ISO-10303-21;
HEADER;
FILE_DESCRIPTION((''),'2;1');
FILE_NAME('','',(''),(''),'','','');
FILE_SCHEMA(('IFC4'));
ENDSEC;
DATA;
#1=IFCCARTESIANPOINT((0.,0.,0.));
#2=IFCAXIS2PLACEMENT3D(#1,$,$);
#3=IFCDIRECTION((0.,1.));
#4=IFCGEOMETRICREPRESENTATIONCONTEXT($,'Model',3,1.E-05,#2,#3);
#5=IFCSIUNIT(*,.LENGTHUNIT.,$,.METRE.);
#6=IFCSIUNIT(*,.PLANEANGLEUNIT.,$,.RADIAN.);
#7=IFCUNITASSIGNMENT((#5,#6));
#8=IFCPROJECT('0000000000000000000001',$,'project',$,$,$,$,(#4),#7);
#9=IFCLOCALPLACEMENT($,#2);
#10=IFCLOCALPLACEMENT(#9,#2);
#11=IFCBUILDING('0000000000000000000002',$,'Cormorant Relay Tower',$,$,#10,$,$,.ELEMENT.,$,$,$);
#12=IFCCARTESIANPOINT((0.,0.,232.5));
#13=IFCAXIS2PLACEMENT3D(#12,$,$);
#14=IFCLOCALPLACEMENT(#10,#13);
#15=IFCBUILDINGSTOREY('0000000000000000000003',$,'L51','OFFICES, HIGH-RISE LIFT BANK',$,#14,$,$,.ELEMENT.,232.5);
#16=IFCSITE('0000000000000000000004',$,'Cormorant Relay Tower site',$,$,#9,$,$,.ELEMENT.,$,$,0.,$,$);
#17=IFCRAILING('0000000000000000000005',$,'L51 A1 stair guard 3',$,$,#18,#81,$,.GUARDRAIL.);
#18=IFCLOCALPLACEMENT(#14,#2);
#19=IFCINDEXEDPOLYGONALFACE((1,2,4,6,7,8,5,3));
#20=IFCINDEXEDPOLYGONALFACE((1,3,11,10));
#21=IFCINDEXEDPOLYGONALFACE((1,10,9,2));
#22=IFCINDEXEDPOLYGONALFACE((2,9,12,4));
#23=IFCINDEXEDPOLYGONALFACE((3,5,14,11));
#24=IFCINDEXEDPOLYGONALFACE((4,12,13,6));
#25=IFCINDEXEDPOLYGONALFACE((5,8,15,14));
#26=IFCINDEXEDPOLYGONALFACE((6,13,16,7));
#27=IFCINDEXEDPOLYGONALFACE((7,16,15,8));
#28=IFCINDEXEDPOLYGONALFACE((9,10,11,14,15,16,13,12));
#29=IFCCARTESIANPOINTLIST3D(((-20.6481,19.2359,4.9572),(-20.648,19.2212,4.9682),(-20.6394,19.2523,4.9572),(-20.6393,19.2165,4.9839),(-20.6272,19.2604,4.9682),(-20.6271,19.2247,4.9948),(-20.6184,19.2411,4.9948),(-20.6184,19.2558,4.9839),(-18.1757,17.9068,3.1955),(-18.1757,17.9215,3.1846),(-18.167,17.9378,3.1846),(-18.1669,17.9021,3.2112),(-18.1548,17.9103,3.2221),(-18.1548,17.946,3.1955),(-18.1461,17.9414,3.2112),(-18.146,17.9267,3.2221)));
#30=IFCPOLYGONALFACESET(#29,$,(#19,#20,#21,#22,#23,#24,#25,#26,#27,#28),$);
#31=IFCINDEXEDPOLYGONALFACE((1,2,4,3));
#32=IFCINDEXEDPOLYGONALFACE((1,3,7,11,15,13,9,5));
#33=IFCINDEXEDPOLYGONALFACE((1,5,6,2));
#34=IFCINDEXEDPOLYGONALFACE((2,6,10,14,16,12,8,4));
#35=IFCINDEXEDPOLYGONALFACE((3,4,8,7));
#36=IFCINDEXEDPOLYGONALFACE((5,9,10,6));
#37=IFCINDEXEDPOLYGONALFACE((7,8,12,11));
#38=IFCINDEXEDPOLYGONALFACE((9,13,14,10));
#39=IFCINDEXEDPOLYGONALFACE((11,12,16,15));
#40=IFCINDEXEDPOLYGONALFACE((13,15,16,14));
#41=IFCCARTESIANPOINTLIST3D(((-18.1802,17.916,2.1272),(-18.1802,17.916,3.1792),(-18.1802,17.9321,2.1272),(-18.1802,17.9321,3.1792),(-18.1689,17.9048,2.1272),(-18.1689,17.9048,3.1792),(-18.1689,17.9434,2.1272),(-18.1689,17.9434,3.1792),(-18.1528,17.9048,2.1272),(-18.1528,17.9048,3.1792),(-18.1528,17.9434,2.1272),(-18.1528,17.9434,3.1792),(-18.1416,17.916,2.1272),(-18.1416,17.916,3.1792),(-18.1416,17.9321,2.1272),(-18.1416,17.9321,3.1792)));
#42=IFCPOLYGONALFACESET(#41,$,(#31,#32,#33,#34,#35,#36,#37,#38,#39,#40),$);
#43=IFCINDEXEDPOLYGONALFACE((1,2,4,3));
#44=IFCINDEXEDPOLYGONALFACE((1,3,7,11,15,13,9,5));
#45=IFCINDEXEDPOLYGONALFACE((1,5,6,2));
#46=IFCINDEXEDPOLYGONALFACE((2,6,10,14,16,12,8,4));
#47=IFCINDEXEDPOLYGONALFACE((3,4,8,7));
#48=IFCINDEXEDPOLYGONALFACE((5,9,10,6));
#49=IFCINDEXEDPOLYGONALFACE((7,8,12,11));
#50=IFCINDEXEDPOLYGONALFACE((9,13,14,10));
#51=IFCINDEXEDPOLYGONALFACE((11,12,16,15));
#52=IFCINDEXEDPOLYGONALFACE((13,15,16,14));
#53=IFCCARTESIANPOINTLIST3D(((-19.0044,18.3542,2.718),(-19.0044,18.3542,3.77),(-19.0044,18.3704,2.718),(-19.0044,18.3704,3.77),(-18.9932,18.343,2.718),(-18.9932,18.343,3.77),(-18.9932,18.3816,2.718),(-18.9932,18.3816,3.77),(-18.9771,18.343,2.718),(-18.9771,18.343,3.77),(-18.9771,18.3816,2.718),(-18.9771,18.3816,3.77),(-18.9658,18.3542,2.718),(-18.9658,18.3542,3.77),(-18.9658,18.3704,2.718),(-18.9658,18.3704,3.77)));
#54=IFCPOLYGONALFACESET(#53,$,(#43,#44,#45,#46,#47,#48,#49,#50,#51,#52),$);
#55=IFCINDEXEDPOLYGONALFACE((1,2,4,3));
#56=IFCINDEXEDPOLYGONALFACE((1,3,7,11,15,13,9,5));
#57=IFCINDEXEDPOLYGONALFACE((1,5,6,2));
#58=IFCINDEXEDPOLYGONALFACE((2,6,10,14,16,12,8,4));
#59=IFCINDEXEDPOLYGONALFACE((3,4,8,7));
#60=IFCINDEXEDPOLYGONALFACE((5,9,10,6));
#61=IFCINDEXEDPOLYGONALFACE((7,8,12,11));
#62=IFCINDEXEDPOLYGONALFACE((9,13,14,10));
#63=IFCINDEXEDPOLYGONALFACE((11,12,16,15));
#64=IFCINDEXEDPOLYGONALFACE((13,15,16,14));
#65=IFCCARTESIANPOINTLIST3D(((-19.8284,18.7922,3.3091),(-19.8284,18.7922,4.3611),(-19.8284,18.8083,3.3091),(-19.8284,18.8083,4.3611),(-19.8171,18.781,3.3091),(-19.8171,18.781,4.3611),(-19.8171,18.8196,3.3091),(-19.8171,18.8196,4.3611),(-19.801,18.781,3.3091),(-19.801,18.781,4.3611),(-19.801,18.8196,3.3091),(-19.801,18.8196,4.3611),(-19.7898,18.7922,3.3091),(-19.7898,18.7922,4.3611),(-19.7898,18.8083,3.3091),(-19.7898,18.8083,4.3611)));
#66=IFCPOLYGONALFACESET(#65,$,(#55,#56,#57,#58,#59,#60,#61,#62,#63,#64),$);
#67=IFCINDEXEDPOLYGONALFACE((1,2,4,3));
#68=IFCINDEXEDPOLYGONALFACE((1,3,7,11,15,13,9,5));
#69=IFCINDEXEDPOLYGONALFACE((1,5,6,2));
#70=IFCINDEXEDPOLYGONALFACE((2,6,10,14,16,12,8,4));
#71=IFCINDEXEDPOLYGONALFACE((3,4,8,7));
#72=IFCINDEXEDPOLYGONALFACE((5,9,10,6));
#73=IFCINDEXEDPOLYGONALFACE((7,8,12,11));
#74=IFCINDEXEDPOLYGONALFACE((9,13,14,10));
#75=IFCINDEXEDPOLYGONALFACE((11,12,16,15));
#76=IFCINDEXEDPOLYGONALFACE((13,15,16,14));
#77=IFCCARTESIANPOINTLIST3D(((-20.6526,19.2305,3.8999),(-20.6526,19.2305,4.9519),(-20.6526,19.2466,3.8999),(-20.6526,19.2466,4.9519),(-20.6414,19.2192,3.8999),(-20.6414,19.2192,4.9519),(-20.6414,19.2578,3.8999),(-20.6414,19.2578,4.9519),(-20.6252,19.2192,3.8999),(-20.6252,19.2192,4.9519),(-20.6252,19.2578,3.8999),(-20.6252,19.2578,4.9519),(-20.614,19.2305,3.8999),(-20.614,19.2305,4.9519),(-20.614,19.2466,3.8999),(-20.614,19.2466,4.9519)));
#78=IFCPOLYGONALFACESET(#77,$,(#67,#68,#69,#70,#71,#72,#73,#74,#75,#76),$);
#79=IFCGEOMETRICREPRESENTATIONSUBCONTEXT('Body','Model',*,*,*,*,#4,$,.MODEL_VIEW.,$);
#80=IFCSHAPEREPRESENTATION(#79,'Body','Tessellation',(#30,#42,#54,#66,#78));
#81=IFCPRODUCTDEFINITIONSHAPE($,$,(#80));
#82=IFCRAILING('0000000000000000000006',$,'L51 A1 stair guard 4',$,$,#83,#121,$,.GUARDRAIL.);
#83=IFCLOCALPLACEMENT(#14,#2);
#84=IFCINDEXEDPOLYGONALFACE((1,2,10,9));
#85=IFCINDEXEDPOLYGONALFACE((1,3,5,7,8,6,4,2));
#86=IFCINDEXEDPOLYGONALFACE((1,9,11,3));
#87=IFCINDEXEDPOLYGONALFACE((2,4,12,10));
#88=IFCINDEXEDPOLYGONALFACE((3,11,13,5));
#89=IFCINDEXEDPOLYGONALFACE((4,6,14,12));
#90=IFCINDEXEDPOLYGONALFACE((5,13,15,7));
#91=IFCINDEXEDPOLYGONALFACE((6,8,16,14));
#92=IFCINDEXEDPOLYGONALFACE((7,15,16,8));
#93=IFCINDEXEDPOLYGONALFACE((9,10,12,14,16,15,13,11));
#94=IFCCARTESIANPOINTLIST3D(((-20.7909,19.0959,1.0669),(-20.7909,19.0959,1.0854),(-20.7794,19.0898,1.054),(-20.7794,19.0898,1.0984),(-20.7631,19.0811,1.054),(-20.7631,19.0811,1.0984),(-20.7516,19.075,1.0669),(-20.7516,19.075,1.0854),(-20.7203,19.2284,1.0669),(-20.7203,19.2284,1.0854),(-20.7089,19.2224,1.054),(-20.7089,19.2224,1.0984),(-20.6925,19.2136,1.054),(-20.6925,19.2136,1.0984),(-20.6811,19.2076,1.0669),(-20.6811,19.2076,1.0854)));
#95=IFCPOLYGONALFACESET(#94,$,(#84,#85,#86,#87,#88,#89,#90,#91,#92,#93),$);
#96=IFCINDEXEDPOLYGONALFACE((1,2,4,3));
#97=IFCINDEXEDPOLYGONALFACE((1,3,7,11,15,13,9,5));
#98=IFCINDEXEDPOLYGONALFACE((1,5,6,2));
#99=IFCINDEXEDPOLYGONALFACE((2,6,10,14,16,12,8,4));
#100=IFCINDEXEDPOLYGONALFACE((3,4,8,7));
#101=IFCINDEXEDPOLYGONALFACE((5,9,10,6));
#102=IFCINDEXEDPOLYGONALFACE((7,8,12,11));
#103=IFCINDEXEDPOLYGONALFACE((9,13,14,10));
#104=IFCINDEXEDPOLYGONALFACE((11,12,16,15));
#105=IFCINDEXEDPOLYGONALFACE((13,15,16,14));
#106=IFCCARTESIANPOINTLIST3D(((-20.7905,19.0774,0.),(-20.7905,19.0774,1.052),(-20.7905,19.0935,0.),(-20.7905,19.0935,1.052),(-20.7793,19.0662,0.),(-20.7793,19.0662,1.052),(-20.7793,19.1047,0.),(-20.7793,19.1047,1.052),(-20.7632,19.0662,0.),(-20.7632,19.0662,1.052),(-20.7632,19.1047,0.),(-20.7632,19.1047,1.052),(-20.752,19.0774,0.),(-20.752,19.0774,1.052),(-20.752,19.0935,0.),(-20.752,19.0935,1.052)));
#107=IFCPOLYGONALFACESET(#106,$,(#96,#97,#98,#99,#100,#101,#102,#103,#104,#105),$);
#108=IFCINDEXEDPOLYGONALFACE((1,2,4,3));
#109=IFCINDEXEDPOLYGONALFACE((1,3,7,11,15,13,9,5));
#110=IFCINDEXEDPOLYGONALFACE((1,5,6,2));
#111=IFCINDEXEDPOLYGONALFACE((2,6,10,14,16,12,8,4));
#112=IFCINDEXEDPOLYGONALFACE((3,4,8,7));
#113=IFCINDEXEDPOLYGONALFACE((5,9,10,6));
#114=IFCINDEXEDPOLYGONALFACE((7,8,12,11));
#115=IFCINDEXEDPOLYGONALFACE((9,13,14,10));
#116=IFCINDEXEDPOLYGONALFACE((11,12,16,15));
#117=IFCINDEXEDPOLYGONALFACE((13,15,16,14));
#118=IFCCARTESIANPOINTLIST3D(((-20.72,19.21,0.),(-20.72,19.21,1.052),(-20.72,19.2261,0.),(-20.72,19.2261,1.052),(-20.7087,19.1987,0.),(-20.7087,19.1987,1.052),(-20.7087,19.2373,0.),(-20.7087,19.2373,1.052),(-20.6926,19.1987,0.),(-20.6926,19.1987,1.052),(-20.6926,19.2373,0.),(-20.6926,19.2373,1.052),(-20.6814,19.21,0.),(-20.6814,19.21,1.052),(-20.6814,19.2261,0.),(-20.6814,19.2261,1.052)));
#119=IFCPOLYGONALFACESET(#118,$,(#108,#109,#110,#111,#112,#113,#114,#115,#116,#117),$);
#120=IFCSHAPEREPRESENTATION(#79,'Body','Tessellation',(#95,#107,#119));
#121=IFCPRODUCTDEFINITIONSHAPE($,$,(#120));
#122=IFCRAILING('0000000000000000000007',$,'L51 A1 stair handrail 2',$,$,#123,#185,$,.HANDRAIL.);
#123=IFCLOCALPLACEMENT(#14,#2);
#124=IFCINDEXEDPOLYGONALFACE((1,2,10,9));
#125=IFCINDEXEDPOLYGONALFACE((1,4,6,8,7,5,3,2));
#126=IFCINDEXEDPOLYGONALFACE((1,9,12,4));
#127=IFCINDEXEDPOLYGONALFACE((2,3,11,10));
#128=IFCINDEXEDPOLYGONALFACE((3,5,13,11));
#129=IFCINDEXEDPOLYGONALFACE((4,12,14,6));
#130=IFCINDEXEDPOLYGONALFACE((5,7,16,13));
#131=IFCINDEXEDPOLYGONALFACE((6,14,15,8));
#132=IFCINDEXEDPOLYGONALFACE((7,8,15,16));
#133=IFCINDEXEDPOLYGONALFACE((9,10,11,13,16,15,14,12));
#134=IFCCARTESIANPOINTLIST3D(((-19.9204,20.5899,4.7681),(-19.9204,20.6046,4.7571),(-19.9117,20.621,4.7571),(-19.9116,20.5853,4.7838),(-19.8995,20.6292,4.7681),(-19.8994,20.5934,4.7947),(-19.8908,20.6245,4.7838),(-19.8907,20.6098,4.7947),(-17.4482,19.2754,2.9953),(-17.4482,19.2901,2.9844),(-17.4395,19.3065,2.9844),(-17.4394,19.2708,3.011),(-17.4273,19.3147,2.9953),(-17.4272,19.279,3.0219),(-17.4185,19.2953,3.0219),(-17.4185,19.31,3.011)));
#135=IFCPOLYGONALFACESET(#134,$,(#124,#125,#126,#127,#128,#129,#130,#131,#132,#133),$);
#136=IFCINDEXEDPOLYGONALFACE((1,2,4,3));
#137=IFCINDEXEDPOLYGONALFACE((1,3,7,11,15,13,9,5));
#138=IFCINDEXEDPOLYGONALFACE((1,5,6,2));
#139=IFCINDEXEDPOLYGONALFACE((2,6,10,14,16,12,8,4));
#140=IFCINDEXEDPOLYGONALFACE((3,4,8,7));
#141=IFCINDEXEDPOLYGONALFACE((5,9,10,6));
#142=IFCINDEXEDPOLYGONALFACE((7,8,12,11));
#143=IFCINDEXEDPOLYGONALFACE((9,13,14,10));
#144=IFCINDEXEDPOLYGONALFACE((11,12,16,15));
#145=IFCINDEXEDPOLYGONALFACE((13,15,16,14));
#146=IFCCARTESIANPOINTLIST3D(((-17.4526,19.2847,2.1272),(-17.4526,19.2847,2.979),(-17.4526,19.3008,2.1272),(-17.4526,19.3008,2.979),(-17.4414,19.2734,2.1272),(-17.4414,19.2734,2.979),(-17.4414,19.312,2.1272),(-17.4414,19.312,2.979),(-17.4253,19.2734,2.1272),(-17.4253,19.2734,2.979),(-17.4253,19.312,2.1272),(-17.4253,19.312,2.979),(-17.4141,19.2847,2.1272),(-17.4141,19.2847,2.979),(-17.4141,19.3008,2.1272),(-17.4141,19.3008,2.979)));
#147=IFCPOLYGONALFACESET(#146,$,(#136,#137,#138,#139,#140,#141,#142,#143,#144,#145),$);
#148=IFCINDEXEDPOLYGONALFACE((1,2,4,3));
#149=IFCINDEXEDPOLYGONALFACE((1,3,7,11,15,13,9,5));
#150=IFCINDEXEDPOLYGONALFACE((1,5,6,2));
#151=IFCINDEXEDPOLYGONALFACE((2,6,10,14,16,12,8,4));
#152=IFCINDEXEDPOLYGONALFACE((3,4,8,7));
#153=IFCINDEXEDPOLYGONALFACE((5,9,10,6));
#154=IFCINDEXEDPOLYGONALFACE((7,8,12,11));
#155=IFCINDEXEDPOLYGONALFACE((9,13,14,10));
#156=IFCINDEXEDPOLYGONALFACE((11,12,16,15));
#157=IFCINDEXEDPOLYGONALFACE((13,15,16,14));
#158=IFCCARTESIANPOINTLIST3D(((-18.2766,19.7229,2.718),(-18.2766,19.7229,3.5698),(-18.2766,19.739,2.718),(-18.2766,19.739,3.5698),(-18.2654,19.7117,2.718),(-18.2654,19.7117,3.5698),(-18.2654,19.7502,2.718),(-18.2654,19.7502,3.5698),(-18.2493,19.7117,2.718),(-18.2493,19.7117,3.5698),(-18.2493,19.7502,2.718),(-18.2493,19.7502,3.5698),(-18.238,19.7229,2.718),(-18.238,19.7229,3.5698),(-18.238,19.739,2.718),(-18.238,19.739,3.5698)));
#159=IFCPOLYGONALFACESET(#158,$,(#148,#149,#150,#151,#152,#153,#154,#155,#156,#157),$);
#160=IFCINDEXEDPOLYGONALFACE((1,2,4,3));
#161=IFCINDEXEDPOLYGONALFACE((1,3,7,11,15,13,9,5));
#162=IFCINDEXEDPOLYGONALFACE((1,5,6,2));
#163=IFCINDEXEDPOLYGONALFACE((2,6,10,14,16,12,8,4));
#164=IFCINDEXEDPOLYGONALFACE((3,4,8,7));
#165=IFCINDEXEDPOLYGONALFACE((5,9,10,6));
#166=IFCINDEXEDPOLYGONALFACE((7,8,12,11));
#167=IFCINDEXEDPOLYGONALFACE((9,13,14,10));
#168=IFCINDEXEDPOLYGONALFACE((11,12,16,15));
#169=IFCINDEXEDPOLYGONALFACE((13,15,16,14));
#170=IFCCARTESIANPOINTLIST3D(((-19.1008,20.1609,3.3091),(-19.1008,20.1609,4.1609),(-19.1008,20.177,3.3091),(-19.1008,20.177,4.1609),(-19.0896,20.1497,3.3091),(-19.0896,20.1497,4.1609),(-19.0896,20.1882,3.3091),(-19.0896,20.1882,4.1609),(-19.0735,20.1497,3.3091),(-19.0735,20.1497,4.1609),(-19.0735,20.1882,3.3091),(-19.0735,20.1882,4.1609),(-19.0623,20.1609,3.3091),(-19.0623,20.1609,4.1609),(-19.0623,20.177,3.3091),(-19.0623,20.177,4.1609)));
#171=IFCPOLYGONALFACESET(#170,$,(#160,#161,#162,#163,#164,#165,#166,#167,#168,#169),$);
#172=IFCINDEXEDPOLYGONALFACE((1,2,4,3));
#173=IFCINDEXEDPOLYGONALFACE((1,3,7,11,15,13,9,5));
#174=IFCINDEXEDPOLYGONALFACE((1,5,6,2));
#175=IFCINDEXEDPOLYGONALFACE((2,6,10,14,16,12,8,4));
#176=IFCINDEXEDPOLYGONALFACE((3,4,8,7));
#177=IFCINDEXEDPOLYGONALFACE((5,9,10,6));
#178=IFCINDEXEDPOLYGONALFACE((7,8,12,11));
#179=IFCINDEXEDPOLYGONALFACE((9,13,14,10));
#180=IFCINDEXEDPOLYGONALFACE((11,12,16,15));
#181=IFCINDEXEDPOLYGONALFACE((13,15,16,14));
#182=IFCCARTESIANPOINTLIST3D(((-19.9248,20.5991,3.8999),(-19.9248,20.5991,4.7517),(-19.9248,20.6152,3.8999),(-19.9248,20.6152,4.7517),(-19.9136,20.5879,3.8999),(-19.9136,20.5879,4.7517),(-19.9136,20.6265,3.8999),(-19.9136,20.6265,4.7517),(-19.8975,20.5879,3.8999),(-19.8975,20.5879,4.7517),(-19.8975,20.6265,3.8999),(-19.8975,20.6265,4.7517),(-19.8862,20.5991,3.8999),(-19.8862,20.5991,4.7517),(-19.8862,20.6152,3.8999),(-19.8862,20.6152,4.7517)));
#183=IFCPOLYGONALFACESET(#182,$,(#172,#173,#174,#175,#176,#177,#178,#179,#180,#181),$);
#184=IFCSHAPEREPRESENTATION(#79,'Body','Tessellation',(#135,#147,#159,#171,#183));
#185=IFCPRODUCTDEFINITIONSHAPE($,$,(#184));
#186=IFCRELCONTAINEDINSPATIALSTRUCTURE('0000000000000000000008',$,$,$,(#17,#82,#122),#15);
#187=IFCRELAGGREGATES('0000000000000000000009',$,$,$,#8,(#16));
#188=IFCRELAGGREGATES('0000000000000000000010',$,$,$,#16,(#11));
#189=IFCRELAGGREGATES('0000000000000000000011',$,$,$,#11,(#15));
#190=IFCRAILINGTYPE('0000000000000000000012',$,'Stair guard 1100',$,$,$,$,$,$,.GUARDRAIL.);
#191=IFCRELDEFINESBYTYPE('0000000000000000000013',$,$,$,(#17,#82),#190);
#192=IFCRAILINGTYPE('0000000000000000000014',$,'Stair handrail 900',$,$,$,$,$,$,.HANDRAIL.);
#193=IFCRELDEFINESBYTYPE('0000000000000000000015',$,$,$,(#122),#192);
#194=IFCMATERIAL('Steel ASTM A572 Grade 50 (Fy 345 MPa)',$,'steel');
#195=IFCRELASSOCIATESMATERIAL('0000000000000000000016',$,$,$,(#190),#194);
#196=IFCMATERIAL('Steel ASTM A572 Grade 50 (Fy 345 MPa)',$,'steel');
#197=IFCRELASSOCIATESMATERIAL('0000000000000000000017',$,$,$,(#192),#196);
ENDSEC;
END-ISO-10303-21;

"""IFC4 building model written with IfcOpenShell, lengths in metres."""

from ifc_helpers import new_model, si_unit, direction, frame, origin, place, context, subcontext, project, spatial, polyline, outline, extrude, material, type_object, element, save


model = new_model("IFC4")

# Units and contexts
model_context = context("Model", 3, precision=1e-05, world=origin(), true_north=direction((0.0, 1.0)))
body_context = subcontext(model_context, "Body", "Model", "MODEL_VIEW")
ifc_project = project(units=[si_unit("LENGTHUNIT", "METRE"), si_unit("PLANEANGLEUNIT", "RADIAN")], contexts=[model_context])

# Site, building, storey
site_placement = place(None, origin())
site = spatial("IfcSite", under=ifc_project, at=site_placement, Name="Cormorant Relay Tower site", CompositionType="ELEMENT", RefElevation=0.0)
building_placement = place(site_placement, origin())
building = spatial("IfcBuilding", under=site, at=building_placement, Name="Cormorant Relay Tower", CompositionType="ELEMENT")
storey_placement = place(building_placement, frame((0.0, 0.0, 232.5)))
storey = spatial("IfcBuildingStorey", under=building, at=storey_placement, Name="L51", Description="OFFICES, HIGH-RISE LIFT BANK", CompositionType="ELEMENT", Elevation=232.5)

# Railings
ifc_material_1 = material(Name="Steel ASTM A572 Grade 50 (Fy 345 MPa)", Category="steel")
railing_type_1 = type_object("IfcRailingType", Name="Stair guard 1100", PredefinedType="GUARDRAIL", material=ifc_material_1)
railing_1_placement = place(storey_placement, frame((-18.1609, 17.9241, 2.1272)))
element("IfcRailing", 1, at=railing_1_placement, inside=storey, type_object=railing_type_1, Name="L51 A1 stair guard 3", PredefinedType="GUARDRAIL", context=body_context, shape_type="SweptSolid", body=[
    extrude(outline(polyline([(0.0222, 0.0093), (0.0093, 0.0222), (-0.0093, 0.0222), (-0.0222, 0.0093), (-0.0222, -0.0093), (-0.0093, -0.0222), (0.0093, -0.0222), (0.0222, -0.0093), (0.0222, 0.0093)])), frame((0.0, 0.0, 1.0762), z_axis=(-0.746034, 0.396627, 0.534902), x_axis=(-0.469429, -0.88297, 0.0)), (0.0, 0.0, 1.0), 3.314),
    extrude(outline(polyline([(0.0193, 0.0081), (0.0081, 0.0193), (-0.0081, 0.0193), (-0.0193, 0.0081), (-0.0193, -0.0081), (-0.0081, -0.0193), (0.0081, -0.0193), (0.0193, -0.0081), (0.0193, 0.0081)])), origin(), (0.0, 0.0, 1.0), 1.052),
    extrude(outline(polyline([(0.0193, 0.0081), (0.0081, 0.0193), (-0.0081, 0.0193), (-0.0193, 0.0081), (-0.0193, -0.0081), (-0.0081, -0.0193), (0.0081, -0.0193), (0.0193, -0.0081), (0.0193, 0.0081)])), frame((-0.8242, 0.4382, 0.5908)), (0.0, 0.0, 1.0), 1.052),
    extrude(outline(polyline([(0.0193, 0.0081), (0.0081, 0.0193), (-0.0081, 0.0193), (-0.0193, 0.0081), (-0.0193, -0.0081), (-0.0081, -0.0193), (0.0081, -0.0193), (0.0193, -0.0081), (0.0193, 0.0081)])), frame((-1.6482, 0.8762, 1.1819)), (0.0, 0.0, 1.0), 1.052),
    extrude(outline(polyline([(0.0193, 0.0081), (0.0081, 0.0193), (-0.0081, 0.0193), (-0.0193, 0.0081), (-0.0193, -0.0081), (-0.0081, -0.0193), (0.0081, -0.0193), (0.0193, -0.0081), (0.0193, 0.0081)])), frame((-2.4724, 1.3145, 1.7727)), (0.0, 0.0, 1.0), 1.052),
])
railing_2_placement = place(storey_placement, frame((-20.7712, 19.0854, 0.0)))
element("IfcRailing", 2, at=railing_2_placement, inside=storey, type_object=railing_type_1, Name="L51 A1 stair guard 4", PredefinedType="GUARDRAIL", context=body_context, shape_type="SweptSolid", body=[
    extrude(outline(polyline([(0.0222, 0.0093), (0.0093, 0.0222), (-0.0093, 0.0222), (-0.0222, 0.0093), (-0.0222, -0.0093), (-0.0093, -0.0222), (0.0093, -0.0222), (0.0222, -0.0093), (0.0222, 0.0093)])), frame((0.0, 0.0, 1.0762), z_axis=(0.469829, 0.882758, 0.0), x_axis=(-0.882758, 0.469829, 0.0)), (0.0, 0.0, 1.0), 0.1501),
    extrude(outline(polyline([(0.0193, 0.0081), (0.0081, 0.0193), (-0.0081, 0.0193), (-0.0193, 0.0081), (-0.0193, -0.0081), (-0.0081, -0.0193), (0.0081, -0.0193), (0.0193, -0.0081), (0.0193, 0.0081)])), origin(), (0.0, 0.0, 1.0), 1.052),
    extrude(outline(polyline([(0.0193, 0.0081), (0.0081, 0.0193), (-0.0081, 0.0193), (-0.0193, 0.0081), (-0.0193, -0.0081), (-0.0081, -0.0193), (0.0081, -0.0193), (0.0193, -0.0081), (0.0193, 0.0081)])), frame((0.0706, 0.1326, 0.0)), (0.0, 0.0, 1.0), 1.052),
])
ifc_material_2 = material(Name="Steel ASTM A572 Grade 50 (Fy 345 MPa)", Category="steel")
railing_type_2 = type_object("IfcRailingType", Name="Stair handrail 900", PredefinedType="HANDRAIL", material=ifc_material_2)
railing_3_placement = place(storey_placement, frame((-17.4333, 19.2927, 2.1272)))
element("IfcRailing", 3, at=railing_3_placement, inside=storey, type_object=railing_type_2, Name="L51 A1 stair handrail 2", PredefinedType="HANDRAIL", context=body_context, shape_type="SweptSolid", body=[
    extrude(outline(polyline([(0.0222, 0.0093), (0.0093, 0.0222), (-0.0093, 0.0222), (-0.0222, 0.0093), (-0.0222, -0.0093), (-0.0093, -0.0222), (0.0093, -0.0222), (0.0222, -0.0093), (0.0222, 0.0093)])), frame((0.0, 0.0, 0.876), z_axis=(-0.746001, 0.396649, 0.534931), x_axis=(-0.469465, -0.882951, 0.0)), (0.0, 0.0, 1.0), 3.314),
    extrude(outline(polyline([(0.0193, 0.0081), (0.0081, 0.0193), (-0.0081, 0.0193), (-0.0193, 0.0081), (-0.0193, -0.0081), (-0.0081, -0.0193), (0.0081, -0.0193), (0.0193, -0.0081), (0.0193, 0.0081)])), origin(), (0.0, 0.0, 1.0), 0.8518),
    extrude(outline(polyline([(0.0193, 0.0081), (0.0081, 0.0193), (-0.0081, 0.0193), (-0.0193, 0.0081), (-0.0193, -0.0081), (-0.0081, -0.0193), (0.0081, -0.0193), (0.0193, -0.0081), (0.0193, 0.0081)])), frame((-0.824, 0.4382, 0.5908)), (0.0, 0.0, 1.0), 0.8518),
    extrude(outline(polyline([(0.0193, 0.0081), (0.0081, 0.0193), (-0.0081, 0.0193), (-0.0193, 0.0081), (-0.0193, -0.0081), (-0.0081, -0.0193), (0.0081, -0.0193), (0.0193, -0.0081), (0.0193, 0.0081)])), frame((-1.6482, 0.8762, 1.1819)), (0.0, 0.0, 1.0), 0.8518),
    extrude(outline(polyline([(0.0193, 0.0081), (0.0081, 0.0193), (-0.0081, 0.0193), (-0.0193, 0.0081), (-0.0193, -0.0081), (-0.0081, -0.0193), (0.0081, -0.0193), (0.0193, -0.0081), (0.0193, 0.0081)])), frame((-2.4722, 1.3145, 1.7727)), (0.0, 0.0, 1.0), 0.8518),
])

save(model, "model.ifc")
